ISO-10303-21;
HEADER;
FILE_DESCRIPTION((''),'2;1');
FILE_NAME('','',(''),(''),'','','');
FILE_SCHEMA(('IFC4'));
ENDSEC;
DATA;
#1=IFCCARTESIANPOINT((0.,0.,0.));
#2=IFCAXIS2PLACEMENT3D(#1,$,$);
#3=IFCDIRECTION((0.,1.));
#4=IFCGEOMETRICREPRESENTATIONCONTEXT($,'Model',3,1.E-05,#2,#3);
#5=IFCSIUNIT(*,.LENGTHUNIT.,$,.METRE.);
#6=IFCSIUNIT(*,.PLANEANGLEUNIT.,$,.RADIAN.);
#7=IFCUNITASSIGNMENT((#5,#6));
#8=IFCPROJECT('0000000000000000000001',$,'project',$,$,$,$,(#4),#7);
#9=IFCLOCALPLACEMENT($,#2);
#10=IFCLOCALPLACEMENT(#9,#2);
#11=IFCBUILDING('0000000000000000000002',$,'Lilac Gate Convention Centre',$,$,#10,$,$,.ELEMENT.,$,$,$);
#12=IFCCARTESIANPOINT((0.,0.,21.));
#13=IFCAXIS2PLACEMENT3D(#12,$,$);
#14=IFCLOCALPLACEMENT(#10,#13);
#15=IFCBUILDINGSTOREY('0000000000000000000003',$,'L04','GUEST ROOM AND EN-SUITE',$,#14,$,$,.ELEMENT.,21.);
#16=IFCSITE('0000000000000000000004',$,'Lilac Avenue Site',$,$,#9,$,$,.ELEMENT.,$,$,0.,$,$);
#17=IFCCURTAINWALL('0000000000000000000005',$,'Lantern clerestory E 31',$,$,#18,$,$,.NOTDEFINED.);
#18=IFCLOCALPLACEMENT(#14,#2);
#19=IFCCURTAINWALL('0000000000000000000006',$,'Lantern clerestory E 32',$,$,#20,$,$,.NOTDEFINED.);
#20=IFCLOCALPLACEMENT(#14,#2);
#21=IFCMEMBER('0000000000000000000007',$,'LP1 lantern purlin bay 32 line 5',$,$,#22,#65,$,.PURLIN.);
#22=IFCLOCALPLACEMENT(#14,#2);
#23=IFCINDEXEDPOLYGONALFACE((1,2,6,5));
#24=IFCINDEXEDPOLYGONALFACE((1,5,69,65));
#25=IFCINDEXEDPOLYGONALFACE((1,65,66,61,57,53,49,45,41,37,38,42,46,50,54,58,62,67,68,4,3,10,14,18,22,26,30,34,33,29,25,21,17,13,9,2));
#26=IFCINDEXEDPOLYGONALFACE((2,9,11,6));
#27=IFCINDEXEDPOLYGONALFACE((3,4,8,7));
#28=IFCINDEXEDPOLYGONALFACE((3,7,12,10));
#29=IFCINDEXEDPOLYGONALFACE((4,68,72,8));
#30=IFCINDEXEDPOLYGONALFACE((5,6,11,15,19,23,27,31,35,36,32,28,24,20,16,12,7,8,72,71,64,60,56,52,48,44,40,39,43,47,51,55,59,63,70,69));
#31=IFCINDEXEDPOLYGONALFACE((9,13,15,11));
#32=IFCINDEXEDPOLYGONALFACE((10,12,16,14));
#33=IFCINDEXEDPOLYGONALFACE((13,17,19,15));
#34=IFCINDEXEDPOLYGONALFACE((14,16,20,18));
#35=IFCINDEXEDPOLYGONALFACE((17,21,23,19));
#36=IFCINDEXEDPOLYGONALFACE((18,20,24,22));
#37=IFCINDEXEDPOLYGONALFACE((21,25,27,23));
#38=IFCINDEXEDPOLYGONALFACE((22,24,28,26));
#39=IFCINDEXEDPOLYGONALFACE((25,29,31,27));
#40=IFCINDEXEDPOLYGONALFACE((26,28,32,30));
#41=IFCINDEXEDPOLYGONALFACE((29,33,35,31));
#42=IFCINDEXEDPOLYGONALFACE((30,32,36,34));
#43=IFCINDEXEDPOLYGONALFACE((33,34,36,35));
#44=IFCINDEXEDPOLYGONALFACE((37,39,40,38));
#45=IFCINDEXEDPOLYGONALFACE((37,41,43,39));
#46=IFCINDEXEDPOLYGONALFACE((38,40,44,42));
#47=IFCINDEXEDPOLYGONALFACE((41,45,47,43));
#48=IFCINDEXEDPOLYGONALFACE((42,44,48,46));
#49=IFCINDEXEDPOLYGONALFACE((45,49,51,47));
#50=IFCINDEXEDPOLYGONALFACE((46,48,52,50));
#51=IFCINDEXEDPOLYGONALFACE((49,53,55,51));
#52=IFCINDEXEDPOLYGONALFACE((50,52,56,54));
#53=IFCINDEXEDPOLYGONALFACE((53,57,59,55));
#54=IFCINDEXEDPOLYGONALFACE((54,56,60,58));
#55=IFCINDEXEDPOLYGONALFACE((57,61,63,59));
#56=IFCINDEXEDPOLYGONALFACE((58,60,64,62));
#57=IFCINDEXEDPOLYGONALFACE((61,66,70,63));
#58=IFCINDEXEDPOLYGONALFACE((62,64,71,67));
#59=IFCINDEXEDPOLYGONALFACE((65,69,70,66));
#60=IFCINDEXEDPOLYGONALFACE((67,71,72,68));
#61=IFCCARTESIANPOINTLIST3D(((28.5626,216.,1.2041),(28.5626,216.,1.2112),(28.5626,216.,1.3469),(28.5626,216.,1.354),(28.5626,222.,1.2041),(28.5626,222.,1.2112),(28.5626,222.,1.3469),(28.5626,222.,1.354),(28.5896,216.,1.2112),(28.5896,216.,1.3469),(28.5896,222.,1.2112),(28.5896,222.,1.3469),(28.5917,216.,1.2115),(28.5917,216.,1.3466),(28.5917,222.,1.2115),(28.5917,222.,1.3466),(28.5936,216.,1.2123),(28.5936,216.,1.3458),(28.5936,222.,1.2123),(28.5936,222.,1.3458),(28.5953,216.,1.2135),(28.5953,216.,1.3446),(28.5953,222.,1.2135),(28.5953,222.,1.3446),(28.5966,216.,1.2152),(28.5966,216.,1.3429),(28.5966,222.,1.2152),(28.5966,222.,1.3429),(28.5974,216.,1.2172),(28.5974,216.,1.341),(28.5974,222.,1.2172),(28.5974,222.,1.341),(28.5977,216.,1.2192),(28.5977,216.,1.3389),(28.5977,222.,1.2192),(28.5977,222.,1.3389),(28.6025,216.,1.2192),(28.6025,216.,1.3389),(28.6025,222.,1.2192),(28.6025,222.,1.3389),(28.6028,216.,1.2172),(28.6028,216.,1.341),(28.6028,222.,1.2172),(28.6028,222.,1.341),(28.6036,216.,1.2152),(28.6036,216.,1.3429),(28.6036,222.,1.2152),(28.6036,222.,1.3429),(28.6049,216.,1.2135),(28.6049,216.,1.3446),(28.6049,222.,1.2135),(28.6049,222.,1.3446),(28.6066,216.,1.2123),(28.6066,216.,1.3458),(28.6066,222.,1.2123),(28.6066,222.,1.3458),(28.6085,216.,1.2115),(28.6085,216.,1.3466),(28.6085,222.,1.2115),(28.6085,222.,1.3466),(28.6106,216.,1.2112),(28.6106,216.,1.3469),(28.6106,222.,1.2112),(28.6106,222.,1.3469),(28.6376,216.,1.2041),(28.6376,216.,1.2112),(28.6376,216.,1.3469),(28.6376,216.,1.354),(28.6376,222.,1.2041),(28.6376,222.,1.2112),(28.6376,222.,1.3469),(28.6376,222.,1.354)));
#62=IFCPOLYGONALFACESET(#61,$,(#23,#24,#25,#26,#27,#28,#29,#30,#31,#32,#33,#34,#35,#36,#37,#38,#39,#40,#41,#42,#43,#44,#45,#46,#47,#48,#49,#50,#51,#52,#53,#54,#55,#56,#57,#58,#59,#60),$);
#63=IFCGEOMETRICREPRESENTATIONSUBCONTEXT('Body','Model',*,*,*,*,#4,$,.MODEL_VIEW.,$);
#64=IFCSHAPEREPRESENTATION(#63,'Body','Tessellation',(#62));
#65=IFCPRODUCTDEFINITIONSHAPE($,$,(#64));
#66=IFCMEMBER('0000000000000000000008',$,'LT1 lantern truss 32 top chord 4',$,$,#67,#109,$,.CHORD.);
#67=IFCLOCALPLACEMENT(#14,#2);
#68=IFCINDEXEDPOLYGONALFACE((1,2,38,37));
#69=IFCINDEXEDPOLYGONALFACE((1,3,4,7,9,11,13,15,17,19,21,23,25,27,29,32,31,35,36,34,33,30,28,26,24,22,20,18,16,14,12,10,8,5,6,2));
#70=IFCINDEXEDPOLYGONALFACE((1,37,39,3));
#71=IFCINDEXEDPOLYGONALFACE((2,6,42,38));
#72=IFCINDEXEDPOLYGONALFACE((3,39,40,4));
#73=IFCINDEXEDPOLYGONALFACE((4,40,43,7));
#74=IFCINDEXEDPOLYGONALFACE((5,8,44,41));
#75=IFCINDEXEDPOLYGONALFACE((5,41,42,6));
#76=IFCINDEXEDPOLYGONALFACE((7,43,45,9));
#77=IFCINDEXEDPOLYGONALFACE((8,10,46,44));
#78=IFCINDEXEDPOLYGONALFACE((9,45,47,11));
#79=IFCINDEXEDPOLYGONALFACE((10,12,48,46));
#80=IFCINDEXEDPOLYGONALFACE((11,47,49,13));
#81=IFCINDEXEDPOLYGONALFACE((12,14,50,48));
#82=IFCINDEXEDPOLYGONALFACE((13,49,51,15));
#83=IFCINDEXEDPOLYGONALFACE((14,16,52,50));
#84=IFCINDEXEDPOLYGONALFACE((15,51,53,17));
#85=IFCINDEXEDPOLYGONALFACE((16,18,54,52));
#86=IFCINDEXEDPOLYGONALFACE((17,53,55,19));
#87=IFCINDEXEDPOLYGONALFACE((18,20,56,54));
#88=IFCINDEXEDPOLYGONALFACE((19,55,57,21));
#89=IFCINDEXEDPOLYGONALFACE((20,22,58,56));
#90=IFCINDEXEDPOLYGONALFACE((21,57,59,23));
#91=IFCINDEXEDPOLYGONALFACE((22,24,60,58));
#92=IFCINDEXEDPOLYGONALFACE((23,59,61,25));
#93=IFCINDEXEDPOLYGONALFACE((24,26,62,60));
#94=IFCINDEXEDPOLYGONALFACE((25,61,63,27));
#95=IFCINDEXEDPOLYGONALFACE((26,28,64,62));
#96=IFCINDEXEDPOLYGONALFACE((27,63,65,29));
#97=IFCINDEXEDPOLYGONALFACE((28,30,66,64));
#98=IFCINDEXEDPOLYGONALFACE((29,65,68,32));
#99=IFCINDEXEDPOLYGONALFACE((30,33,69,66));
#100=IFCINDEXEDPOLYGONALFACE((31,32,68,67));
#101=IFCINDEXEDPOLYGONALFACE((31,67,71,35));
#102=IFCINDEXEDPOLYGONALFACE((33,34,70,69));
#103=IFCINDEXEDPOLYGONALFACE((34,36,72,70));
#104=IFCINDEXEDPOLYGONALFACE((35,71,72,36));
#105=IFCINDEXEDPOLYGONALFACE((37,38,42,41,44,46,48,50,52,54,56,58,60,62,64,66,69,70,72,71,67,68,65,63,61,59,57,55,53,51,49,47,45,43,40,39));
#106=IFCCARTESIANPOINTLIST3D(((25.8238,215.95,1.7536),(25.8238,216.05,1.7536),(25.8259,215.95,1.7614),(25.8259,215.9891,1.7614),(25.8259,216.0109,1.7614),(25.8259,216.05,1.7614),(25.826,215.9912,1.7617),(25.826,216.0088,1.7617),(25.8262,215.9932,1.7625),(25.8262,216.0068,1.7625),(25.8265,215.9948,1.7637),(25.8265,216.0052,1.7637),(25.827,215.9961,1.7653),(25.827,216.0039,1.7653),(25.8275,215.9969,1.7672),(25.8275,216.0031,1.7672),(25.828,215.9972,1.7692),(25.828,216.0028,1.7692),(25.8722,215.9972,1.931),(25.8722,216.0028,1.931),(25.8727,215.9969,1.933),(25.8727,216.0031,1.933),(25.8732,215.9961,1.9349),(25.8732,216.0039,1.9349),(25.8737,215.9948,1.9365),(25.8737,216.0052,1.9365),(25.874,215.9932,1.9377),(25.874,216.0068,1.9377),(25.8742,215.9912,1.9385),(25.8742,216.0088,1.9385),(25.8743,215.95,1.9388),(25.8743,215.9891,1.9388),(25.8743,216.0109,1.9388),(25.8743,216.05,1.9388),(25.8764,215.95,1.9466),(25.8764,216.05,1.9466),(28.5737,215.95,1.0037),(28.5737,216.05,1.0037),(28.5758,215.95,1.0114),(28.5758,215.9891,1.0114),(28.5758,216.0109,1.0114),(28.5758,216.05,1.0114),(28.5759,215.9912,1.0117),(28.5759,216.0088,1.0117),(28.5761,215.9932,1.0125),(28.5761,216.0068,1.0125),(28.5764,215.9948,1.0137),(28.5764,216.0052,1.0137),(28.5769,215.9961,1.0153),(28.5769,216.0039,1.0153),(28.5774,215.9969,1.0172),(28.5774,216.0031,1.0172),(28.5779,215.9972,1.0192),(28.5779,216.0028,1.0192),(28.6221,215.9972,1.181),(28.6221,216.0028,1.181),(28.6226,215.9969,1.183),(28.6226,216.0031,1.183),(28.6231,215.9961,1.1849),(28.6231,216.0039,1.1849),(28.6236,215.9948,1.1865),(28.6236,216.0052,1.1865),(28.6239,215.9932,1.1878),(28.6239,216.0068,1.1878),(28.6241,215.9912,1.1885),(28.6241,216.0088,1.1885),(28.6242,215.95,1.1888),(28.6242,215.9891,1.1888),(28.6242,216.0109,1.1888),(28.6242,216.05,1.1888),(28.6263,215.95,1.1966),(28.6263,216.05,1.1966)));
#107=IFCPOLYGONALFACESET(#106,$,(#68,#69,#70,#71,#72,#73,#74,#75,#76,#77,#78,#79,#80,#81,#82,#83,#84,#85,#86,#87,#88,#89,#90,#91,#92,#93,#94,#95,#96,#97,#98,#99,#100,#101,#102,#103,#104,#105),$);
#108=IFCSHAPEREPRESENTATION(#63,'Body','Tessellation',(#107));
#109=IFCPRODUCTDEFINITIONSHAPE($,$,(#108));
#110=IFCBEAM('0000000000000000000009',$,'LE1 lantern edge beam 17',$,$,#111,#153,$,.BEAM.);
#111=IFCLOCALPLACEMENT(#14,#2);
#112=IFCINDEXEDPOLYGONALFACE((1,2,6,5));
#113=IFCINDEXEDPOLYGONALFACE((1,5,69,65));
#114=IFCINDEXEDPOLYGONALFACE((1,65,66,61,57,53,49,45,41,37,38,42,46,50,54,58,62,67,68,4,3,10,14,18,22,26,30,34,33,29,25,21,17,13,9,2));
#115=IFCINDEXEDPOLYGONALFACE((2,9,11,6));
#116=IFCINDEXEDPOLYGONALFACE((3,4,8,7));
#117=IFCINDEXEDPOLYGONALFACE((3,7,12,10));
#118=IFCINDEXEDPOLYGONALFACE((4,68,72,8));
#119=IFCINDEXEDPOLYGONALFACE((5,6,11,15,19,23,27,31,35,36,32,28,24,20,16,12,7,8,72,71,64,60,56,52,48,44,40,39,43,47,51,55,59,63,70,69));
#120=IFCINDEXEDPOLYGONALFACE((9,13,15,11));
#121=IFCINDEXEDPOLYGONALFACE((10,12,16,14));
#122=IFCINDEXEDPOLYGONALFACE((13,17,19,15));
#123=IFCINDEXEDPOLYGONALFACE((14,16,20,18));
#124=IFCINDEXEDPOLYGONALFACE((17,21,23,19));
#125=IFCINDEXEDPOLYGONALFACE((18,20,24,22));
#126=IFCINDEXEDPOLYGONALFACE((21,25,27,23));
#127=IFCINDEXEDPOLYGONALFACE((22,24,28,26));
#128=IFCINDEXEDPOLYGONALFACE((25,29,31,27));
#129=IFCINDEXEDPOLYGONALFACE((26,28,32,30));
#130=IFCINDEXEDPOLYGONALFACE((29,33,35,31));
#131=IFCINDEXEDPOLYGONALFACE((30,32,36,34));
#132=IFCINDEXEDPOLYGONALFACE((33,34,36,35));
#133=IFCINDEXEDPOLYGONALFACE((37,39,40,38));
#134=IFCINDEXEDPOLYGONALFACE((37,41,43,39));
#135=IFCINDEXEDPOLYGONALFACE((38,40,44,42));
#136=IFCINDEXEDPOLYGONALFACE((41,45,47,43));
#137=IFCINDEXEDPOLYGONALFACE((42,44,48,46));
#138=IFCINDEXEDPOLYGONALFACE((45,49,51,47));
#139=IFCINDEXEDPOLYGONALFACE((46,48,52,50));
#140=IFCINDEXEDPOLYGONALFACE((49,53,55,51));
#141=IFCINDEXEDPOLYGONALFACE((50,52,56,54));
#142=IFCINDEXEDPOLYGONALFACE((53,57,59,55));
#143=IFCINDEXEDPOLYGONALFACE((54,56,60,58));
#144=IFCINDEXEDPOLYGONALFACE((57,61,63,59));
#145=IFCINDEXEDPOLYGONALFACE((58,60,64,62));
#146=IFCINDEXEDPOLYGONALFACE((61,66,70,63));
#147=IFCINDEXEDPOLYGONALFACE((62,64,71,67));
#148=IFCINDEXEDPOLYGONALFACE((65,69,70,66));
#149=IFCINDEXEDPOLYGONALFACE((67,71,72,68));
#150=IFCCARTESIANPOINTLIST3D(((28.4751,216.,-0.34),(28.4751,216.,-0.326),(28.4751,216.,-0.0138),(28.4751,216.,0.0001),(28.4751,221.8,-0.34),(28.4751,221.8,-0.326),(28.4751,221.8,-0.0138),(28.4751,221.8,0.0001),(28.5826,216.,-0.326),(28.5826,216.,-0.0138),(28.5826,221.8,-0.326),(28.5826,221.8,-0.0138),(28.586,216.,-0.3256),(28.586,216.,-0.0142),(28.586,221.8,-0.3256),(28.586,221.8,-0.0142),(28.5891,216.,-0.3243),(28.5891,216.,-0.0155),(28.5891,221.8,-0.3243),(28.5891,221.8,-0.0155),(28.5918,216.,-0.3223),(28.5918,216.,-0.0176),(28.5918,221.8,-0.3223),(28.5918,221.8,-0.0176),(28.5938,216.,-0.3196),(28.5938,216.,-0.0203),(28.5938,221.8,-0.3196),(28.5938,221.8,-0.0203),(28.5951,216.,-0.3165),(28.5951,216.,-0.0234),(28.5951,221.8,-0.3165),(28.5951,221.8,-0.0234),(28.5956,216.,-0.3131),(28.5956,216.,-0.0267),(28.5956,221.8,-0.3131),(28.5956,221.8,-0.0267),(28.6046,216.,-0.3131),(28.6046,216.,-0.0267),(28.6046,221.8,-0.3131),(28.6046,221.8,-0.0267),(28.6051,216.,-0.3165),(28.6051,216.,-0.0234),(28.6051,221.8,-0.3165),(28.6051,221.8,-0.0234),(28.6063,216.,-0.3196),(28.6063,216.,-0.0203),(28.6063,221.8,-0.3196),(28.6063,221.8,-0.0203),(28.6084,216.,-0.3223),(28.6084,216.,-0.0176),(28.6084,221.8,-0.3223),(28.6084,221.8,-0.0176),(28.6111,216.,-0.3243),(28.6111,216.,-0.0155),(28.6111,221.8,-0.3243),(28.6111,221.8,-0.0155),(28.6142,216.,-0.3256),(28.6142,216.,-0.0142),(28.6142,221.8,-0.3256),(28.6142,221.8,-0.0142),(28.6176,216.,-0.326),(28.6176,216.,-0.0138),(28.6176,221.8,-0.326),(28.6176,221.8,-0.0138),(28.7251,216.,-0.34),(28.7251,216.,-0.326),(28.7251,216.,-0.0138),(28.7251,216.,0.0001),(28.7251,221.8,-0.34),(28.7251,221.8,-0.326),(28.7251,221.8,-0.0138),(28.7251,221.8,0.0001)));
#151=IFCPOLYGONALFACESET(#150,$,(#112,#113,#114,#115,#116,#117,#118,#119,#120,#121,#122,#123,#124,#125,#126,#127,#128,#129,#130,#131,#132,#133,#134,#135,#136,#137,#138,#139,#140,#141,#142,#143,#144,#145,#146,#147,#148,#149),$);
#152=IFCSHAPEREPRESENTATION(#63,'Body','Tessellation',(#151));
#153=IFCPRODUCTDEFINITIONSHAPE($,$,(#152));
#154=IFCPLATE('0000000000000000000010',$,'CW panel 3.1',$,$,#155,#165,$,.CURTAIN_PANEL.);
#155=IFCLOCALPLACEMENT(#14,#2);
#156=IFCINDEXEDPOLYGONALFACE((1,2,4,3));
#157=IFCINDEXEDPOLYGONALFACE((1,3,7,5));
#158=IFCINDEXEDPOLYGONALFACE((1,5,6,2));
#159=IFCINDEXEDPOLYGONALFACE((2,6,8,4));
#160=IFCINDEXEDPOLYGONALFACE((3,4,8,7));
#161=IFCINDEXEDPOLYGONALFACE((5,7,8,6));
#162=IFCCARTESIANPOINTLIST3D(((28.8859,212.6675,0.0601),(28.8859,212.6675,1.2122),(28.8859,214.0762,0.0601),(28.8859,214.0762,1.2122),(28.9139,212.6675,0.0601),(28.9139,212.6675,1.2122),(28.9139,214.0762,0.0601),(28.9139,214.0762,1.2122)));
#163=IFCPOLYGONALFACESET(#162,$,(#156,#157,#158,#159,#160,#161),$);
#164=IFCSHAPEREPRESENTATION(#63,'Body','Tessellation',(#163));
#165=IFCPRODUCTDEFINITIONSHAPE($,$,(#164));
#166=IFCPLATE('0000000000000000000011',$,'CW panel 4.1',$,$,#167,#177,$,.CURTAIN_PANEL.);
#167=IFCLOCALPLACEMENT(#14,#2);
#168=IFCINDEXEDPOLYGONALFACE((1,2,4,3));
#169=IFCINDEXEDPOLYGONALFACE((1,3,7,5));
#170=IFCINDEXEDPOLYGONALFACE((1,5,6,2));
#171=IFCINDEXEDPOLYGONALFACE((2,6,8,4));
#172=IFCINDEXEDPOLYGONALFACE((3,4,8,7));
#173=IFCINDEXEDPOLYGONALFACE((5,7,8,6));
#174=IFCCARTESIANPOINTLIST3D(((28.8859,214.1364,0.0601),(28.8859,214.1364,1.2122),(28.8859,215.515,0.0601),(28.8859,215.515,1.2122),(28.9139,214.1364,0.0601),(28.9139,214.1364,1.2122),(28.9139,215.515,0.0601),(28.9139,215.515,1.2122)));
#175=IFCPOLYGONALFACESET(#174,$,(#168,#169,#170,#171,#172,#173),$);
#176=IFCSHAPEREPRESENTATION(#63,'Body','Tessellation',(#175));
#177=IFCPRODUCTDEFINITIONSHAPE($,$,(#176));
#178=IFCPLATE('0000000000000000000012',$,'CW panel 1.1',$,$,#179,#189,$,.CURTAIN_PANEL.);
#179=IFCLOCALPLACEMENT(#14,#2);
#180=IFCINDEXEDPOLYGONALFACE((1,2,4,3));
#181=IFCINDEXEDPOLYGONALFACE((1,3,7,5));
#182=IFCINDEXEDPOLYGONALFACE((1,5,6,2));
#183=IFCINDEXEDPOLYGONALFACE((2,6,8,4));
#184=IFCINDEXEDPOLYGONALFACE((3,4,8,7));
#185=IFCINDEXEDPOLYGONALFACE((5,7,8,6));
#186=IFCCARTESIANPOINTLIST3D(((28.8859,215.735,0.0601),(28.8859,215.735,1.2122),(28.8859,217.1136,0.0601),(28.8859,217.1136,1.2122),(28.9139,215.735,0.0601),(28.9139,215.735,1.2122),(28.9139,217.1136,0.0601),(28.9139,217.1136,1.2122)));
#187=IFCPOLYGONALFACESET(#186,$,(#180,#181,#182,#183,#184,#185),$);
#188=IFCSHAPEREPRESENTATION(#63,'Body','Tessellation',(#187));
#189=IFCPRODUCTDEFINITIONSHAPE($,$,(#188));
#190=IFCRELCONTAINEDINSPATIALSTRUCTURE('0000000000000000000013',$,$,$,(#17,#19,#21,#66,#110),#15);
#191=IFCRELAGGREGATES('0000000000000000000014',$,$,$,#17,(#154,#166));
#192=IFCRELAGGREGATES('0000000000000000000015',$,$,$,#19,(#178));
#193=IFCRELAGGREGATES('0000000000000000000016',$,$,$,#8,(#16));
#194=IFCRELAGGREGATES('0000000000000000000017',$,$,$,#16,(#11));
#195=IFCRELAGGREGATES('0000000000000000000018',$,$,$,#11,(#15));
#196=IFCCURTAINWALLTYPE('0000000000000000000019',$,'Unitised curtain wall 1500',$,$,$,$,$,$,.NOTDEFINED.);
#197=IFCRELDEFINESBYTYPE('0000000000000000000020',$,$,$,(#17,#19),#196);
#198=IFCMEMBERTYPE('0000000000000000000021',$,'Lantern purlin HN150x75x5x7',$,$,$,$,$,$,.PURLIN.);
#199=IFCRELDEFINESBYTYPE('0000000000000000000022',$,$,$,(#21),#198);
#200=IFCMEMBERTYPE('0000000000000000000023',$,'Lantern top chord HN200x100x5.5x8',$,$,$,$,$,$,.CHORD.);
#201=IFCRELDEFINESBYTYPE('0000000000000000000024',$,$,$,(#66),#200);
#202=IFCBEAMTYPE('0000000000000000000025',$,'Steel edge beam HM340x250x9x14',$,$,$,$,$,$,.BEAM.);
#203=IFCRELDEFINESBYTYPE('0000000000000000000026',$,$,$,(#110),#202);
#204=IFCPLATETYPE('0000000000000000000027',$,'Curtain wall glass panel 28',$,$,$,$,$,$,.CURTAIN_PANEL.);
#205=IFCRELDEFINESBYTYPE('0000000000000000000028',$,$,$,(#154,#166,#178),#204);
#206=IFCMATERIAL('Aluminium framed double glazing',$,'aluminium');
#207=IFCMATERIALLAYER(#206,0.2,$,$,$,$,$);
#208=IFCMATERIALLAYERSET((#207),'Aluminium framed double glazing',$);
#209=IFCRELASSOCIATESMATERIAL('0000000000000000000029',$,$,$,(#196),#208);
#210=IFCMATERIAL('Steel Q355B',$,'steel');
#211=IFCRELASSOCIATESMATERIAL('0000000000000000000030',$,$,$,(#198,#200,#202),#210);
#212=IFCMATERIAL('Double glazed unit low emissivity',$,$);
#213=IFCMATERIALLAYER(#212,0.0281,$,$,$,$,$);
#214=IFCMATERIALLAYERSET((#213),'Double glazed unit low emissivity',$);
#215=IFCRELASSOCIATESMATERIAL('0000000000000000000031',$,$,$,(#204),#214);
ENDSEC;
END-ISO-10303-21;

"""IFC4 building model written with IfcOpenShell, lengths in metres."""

from ifc_helpers import new_model, si_unit, direction, frame, origin, origin_2d, place, context, subcontext, project, spatial, rectangle, i_section, extrude, material, layer, layer_set, material_profile, profile_set, type_object, element, aggregate, save


model = new_model("IFC4")

# Units and contexts
model_context = context("Model", 3, precision=1e-05, world=origin(), true_north=direction((0.0, 1.0)))
body_context = subcontext(model_context, "Body", "Model", "MODEL_VIEW")
ifc_project = project(units=[si_unit("LENGTHUNIT", "METRE"), si_unit("PLANEANGLEUNIT", "RADIAN")], contexts=[model_context])

# Site, building, storey
site_placement = place(None, origin())
site = spatial("IfcSite", under=ifc_project, at=site_placement, Name="Lilac Avenue Site", CompositionType="ELEMENT", RefElevation=0.0)
building_placement = place(site_placement, origin())
building = spatial("IfcBuilding", under=site, at=building_placement, Name="Lilac Gate Convention Centre", CompositionType="ELEMENT")
storey_placement = place(building_placement, frame((0.0, 0.0, 21.0)))
storey = spatial("IfcBuildingStorey", under=building, at=storey_placement, Name="L04", Description="GUEST ROOM AND EN-SUITE", CompositionType="ELEMENT", Elevation=21.0)

# Curtain walls
ifc_material_1 = material(Name="Aluminium framed double glazing", Category="aluminium")
ifc_layer_1 = layer(ifc_material_1, 0.2)
ifc_layer_set_1 = layer_set([ifc_layer_1], Name="Aluminium framed double glazing")
curtain_wall_type = type_object("IfcCurtainWallType", Name="Unitised curtain wall 1500", PredefinedType="NOTDEFINED", material=ifc_layer_set_1)
curtain_wall_1_placement = place(storey_placement, origin())
curtain_wall_1 = element("IfcCurtainWall", 1, at=curtain_wall_1_placement, inside=storey, type_object=curtain_wall_type, Name="Lantern clerestory E 31", PredefinedType="NOTDEFINED")
curtain_wall_2_placement = place(storey_placement, origin())
curtain_wall_2 = element("IfcCurtainWall", 2, at=curtain_wall_2_placement, inside=storey, type_object=curtain_wall_type, Name="Lantern clerestory E 32", PredefinedType="NOTDEFINED")

# Members
ifc_material_2 = material(Name="Steel Q355B", Category="steel")
ifc_material_profile_1 = material_profile(ifc_material_2, i_section(OverallWidth=0.075, OverallDepth=0.1499, WebThickness=0.0049, FlangeThickness=0.0071, FilletRadius=0.0081, at=origin_2d()), Name="HN150x75x5x7")
ifc_profile_set_1 = profile_set([ifc_material_profile_1], Name="Steel Q355B")
member_type_1 = type_object("IfcMemberType", Name="Lantern purlin HN150x75x5x7", PredefinedType="PURLIN", material=ifc_profile_set_1)
for number, where, z_axis, x_axis, name in (
    (3, (28.6001, 216.0, 1.2791), (0.0, 1.0, 0.0), (-1.0, 0.0, 0.0), "LP1 lantern purlin bay 32 line 5"),
):
    element("IfcMember", number, at=place(storey_placement, frame(where, z_axis=z_axis, x_axis=x_axis)), inside=storey, type_object=member_type_1, Name=name, PredefinedType="PURLIN", context=body_context, shape_type="SweptSolid", body=[
        extrude(i_section(OverallWidth=0.075, OverallDepth=0.1499, WebThickness=0.0049, FlangeThickness=0.0071, FilletRadius=0.0081, at=origin_2d()), origin(), (0.0, 0.0, 1.0), 6.0),
    ])
ifc_material_profile_2 = material_profile(ifc_material_2, i_section(OverallWidth=0.1001, OverallDepth=0.2, WebThickness=0.0056, FlangeThickness=0.0081, FilletRadius=0.0081, at=origin_2d()), Name="HN200x100x5.5x8")
ifc_profile_set_2 = profile_set([ifc_material_profile_2], Name="Steel Q355B")
member_type_2 = type_object("IfcMemberType", Name="Lantern top chord HN200x100x5.5x8", PredefinedType="CHORD", material=ifc_profile_set_2)
member_1_placement = place(storey_placement, frame((25.8501, 216.0, 1.8501), z_axis=(0.964764, 0.0, -0.263117), x_axis=(0.0, 1.0, 0.0)))
element("IfcMember", 4, at=member_1_placement, inside=storey, type_object=member_type_2, Name="LT1 lantern truss 32 top chord 4", PredefinedType="CHORD", context=body_context, shape_type="SweptSolid", body=[
    extrude(i_section(OverallWidth=0.1001, OverallDepth=0.2, WebThickness=0.0056, FlangeThickness=0.0081, FilletRadius=0.0081, at=origin_2d()), origin(), (0.0, 0.0, 1.0), 2.8503),
])

# Beam
ifc_material_profile_3 = material_profile(ifc_material_2, i_section(OverallWidth=0.25, OverallDepth=0.3401, WebThickness=0.009, FlangeThickness=0.0139, FilletRadius=0.0129, at=origin_2d()), Name="HM340x250x9x14")
ifc_profile_set_3 = profile_set([ifc_material_profile_3], Name="Steel Q355B")
beam_type = type_object("IfcBeamType", Name="Steel edge beam HM340x250x9x14", PredefinedType="BEAM", material=ifc_profile_set_3)
beam_placement = place(storey_placement, frame((28.6001, 216.0, -0.1699), z_axis=(0.0, 1.0, 0.0), x_axis=(-1.0, 0.0, 0.0)))
element("IfcBeam", 5, at=beam_placement, inside=storey, type_object=beam_type, Name="LE1 lantern edge beam 17", PredefinedType="BEAM", context=body_context, shape_type="SweptSolid", body=[
    extrude(i_section(OverallWidth=0.25, OverallDepth=0.3401, WebThickness=0.009, FlangeThickness=0.0139, FilletRadius=0.0129, at=origin_2d()), origin(), (0.0, 0.0, 1.0), 5.8),
])

# Plates
ifc_material_3 = material(Name="Double glazed unit low emissivity")
ifc_layer_2 = layer(ifc_material_3, 0.0281)
ifc_layer_set_2 = layer_set([ifc_layer_2], Name="Double glazed unit low emissivity")
plate_type = type_object("IfcPlateType", Name="Curtain wall glass panel 28", PredefinedType="CURTAIN_PANEL", material=ifc_layer_set_2)
plate_1_placement = place(storey_placement, frame((28.8999, 213.3718, 0.0601), z_axis=(0.0, 0.0, 1.0), x_axis=(0.0, 1.0, 0.0)))
plate_1 = element("IfcPlate", 6, at=plate_1_placement, type_object=plate_type, Name="CW panel 3.1", PredefinedType="CURTAIN_PANEL", context=body_context, shape_type="SweptSolid", body=[
    extrude(rectangle(XDim=1.4087, YDim=0.0281, at=origin_2d()), origin(), (0.0, 0.0, 1.0), 1.1521),
])
plate_2_placement = place(storey_placement, frame((28.8999, 214.8257, 0.0601), z_axis=(0.0, 0.0, 1.0), x_axis=(0.0, 1.0, 0.0)))
plate_2 = element("IfcPlate", 7, at=plate_2_placement, type_object=plate_type, Name="CW panel 4.1", PredefinedType="CURTAIN_PANEL", context=body_context, shape_type="SweptSolid", body=[
    extrude(rectangle(XDim=1.3787, YDim=0.0281, at=origin_2d()), origin(), (0.0, 0.0, 1.0), 1.1521),
])
aggregate(curtain_wall_1, [plate_1, plate_2])
plate_3_placement = place(storey_placement, frame((28.8999, 216.4243, 0.0601), z_axis=(0.0, 0.0, 1.0), x_axis=(0.0, 1.0, 0.0)))
plate_3 = element("IfcPlate", 8, at=plate_3_placement, type_object=plate_type, Name="CW panel 1.1", PredefinedType="CURTAIN_PANEL", context=body_context, shape_type="SweptSolid", body=[
    extrude(rectangle(XDim=1.3787, YDim=0.0281, at=origin_2d()), origin(), (0.0, 0.0, 1.0), 1.1521),
])
aggregate(curtain_wall_2, [plate_3])

save(model, "model.ifc")
